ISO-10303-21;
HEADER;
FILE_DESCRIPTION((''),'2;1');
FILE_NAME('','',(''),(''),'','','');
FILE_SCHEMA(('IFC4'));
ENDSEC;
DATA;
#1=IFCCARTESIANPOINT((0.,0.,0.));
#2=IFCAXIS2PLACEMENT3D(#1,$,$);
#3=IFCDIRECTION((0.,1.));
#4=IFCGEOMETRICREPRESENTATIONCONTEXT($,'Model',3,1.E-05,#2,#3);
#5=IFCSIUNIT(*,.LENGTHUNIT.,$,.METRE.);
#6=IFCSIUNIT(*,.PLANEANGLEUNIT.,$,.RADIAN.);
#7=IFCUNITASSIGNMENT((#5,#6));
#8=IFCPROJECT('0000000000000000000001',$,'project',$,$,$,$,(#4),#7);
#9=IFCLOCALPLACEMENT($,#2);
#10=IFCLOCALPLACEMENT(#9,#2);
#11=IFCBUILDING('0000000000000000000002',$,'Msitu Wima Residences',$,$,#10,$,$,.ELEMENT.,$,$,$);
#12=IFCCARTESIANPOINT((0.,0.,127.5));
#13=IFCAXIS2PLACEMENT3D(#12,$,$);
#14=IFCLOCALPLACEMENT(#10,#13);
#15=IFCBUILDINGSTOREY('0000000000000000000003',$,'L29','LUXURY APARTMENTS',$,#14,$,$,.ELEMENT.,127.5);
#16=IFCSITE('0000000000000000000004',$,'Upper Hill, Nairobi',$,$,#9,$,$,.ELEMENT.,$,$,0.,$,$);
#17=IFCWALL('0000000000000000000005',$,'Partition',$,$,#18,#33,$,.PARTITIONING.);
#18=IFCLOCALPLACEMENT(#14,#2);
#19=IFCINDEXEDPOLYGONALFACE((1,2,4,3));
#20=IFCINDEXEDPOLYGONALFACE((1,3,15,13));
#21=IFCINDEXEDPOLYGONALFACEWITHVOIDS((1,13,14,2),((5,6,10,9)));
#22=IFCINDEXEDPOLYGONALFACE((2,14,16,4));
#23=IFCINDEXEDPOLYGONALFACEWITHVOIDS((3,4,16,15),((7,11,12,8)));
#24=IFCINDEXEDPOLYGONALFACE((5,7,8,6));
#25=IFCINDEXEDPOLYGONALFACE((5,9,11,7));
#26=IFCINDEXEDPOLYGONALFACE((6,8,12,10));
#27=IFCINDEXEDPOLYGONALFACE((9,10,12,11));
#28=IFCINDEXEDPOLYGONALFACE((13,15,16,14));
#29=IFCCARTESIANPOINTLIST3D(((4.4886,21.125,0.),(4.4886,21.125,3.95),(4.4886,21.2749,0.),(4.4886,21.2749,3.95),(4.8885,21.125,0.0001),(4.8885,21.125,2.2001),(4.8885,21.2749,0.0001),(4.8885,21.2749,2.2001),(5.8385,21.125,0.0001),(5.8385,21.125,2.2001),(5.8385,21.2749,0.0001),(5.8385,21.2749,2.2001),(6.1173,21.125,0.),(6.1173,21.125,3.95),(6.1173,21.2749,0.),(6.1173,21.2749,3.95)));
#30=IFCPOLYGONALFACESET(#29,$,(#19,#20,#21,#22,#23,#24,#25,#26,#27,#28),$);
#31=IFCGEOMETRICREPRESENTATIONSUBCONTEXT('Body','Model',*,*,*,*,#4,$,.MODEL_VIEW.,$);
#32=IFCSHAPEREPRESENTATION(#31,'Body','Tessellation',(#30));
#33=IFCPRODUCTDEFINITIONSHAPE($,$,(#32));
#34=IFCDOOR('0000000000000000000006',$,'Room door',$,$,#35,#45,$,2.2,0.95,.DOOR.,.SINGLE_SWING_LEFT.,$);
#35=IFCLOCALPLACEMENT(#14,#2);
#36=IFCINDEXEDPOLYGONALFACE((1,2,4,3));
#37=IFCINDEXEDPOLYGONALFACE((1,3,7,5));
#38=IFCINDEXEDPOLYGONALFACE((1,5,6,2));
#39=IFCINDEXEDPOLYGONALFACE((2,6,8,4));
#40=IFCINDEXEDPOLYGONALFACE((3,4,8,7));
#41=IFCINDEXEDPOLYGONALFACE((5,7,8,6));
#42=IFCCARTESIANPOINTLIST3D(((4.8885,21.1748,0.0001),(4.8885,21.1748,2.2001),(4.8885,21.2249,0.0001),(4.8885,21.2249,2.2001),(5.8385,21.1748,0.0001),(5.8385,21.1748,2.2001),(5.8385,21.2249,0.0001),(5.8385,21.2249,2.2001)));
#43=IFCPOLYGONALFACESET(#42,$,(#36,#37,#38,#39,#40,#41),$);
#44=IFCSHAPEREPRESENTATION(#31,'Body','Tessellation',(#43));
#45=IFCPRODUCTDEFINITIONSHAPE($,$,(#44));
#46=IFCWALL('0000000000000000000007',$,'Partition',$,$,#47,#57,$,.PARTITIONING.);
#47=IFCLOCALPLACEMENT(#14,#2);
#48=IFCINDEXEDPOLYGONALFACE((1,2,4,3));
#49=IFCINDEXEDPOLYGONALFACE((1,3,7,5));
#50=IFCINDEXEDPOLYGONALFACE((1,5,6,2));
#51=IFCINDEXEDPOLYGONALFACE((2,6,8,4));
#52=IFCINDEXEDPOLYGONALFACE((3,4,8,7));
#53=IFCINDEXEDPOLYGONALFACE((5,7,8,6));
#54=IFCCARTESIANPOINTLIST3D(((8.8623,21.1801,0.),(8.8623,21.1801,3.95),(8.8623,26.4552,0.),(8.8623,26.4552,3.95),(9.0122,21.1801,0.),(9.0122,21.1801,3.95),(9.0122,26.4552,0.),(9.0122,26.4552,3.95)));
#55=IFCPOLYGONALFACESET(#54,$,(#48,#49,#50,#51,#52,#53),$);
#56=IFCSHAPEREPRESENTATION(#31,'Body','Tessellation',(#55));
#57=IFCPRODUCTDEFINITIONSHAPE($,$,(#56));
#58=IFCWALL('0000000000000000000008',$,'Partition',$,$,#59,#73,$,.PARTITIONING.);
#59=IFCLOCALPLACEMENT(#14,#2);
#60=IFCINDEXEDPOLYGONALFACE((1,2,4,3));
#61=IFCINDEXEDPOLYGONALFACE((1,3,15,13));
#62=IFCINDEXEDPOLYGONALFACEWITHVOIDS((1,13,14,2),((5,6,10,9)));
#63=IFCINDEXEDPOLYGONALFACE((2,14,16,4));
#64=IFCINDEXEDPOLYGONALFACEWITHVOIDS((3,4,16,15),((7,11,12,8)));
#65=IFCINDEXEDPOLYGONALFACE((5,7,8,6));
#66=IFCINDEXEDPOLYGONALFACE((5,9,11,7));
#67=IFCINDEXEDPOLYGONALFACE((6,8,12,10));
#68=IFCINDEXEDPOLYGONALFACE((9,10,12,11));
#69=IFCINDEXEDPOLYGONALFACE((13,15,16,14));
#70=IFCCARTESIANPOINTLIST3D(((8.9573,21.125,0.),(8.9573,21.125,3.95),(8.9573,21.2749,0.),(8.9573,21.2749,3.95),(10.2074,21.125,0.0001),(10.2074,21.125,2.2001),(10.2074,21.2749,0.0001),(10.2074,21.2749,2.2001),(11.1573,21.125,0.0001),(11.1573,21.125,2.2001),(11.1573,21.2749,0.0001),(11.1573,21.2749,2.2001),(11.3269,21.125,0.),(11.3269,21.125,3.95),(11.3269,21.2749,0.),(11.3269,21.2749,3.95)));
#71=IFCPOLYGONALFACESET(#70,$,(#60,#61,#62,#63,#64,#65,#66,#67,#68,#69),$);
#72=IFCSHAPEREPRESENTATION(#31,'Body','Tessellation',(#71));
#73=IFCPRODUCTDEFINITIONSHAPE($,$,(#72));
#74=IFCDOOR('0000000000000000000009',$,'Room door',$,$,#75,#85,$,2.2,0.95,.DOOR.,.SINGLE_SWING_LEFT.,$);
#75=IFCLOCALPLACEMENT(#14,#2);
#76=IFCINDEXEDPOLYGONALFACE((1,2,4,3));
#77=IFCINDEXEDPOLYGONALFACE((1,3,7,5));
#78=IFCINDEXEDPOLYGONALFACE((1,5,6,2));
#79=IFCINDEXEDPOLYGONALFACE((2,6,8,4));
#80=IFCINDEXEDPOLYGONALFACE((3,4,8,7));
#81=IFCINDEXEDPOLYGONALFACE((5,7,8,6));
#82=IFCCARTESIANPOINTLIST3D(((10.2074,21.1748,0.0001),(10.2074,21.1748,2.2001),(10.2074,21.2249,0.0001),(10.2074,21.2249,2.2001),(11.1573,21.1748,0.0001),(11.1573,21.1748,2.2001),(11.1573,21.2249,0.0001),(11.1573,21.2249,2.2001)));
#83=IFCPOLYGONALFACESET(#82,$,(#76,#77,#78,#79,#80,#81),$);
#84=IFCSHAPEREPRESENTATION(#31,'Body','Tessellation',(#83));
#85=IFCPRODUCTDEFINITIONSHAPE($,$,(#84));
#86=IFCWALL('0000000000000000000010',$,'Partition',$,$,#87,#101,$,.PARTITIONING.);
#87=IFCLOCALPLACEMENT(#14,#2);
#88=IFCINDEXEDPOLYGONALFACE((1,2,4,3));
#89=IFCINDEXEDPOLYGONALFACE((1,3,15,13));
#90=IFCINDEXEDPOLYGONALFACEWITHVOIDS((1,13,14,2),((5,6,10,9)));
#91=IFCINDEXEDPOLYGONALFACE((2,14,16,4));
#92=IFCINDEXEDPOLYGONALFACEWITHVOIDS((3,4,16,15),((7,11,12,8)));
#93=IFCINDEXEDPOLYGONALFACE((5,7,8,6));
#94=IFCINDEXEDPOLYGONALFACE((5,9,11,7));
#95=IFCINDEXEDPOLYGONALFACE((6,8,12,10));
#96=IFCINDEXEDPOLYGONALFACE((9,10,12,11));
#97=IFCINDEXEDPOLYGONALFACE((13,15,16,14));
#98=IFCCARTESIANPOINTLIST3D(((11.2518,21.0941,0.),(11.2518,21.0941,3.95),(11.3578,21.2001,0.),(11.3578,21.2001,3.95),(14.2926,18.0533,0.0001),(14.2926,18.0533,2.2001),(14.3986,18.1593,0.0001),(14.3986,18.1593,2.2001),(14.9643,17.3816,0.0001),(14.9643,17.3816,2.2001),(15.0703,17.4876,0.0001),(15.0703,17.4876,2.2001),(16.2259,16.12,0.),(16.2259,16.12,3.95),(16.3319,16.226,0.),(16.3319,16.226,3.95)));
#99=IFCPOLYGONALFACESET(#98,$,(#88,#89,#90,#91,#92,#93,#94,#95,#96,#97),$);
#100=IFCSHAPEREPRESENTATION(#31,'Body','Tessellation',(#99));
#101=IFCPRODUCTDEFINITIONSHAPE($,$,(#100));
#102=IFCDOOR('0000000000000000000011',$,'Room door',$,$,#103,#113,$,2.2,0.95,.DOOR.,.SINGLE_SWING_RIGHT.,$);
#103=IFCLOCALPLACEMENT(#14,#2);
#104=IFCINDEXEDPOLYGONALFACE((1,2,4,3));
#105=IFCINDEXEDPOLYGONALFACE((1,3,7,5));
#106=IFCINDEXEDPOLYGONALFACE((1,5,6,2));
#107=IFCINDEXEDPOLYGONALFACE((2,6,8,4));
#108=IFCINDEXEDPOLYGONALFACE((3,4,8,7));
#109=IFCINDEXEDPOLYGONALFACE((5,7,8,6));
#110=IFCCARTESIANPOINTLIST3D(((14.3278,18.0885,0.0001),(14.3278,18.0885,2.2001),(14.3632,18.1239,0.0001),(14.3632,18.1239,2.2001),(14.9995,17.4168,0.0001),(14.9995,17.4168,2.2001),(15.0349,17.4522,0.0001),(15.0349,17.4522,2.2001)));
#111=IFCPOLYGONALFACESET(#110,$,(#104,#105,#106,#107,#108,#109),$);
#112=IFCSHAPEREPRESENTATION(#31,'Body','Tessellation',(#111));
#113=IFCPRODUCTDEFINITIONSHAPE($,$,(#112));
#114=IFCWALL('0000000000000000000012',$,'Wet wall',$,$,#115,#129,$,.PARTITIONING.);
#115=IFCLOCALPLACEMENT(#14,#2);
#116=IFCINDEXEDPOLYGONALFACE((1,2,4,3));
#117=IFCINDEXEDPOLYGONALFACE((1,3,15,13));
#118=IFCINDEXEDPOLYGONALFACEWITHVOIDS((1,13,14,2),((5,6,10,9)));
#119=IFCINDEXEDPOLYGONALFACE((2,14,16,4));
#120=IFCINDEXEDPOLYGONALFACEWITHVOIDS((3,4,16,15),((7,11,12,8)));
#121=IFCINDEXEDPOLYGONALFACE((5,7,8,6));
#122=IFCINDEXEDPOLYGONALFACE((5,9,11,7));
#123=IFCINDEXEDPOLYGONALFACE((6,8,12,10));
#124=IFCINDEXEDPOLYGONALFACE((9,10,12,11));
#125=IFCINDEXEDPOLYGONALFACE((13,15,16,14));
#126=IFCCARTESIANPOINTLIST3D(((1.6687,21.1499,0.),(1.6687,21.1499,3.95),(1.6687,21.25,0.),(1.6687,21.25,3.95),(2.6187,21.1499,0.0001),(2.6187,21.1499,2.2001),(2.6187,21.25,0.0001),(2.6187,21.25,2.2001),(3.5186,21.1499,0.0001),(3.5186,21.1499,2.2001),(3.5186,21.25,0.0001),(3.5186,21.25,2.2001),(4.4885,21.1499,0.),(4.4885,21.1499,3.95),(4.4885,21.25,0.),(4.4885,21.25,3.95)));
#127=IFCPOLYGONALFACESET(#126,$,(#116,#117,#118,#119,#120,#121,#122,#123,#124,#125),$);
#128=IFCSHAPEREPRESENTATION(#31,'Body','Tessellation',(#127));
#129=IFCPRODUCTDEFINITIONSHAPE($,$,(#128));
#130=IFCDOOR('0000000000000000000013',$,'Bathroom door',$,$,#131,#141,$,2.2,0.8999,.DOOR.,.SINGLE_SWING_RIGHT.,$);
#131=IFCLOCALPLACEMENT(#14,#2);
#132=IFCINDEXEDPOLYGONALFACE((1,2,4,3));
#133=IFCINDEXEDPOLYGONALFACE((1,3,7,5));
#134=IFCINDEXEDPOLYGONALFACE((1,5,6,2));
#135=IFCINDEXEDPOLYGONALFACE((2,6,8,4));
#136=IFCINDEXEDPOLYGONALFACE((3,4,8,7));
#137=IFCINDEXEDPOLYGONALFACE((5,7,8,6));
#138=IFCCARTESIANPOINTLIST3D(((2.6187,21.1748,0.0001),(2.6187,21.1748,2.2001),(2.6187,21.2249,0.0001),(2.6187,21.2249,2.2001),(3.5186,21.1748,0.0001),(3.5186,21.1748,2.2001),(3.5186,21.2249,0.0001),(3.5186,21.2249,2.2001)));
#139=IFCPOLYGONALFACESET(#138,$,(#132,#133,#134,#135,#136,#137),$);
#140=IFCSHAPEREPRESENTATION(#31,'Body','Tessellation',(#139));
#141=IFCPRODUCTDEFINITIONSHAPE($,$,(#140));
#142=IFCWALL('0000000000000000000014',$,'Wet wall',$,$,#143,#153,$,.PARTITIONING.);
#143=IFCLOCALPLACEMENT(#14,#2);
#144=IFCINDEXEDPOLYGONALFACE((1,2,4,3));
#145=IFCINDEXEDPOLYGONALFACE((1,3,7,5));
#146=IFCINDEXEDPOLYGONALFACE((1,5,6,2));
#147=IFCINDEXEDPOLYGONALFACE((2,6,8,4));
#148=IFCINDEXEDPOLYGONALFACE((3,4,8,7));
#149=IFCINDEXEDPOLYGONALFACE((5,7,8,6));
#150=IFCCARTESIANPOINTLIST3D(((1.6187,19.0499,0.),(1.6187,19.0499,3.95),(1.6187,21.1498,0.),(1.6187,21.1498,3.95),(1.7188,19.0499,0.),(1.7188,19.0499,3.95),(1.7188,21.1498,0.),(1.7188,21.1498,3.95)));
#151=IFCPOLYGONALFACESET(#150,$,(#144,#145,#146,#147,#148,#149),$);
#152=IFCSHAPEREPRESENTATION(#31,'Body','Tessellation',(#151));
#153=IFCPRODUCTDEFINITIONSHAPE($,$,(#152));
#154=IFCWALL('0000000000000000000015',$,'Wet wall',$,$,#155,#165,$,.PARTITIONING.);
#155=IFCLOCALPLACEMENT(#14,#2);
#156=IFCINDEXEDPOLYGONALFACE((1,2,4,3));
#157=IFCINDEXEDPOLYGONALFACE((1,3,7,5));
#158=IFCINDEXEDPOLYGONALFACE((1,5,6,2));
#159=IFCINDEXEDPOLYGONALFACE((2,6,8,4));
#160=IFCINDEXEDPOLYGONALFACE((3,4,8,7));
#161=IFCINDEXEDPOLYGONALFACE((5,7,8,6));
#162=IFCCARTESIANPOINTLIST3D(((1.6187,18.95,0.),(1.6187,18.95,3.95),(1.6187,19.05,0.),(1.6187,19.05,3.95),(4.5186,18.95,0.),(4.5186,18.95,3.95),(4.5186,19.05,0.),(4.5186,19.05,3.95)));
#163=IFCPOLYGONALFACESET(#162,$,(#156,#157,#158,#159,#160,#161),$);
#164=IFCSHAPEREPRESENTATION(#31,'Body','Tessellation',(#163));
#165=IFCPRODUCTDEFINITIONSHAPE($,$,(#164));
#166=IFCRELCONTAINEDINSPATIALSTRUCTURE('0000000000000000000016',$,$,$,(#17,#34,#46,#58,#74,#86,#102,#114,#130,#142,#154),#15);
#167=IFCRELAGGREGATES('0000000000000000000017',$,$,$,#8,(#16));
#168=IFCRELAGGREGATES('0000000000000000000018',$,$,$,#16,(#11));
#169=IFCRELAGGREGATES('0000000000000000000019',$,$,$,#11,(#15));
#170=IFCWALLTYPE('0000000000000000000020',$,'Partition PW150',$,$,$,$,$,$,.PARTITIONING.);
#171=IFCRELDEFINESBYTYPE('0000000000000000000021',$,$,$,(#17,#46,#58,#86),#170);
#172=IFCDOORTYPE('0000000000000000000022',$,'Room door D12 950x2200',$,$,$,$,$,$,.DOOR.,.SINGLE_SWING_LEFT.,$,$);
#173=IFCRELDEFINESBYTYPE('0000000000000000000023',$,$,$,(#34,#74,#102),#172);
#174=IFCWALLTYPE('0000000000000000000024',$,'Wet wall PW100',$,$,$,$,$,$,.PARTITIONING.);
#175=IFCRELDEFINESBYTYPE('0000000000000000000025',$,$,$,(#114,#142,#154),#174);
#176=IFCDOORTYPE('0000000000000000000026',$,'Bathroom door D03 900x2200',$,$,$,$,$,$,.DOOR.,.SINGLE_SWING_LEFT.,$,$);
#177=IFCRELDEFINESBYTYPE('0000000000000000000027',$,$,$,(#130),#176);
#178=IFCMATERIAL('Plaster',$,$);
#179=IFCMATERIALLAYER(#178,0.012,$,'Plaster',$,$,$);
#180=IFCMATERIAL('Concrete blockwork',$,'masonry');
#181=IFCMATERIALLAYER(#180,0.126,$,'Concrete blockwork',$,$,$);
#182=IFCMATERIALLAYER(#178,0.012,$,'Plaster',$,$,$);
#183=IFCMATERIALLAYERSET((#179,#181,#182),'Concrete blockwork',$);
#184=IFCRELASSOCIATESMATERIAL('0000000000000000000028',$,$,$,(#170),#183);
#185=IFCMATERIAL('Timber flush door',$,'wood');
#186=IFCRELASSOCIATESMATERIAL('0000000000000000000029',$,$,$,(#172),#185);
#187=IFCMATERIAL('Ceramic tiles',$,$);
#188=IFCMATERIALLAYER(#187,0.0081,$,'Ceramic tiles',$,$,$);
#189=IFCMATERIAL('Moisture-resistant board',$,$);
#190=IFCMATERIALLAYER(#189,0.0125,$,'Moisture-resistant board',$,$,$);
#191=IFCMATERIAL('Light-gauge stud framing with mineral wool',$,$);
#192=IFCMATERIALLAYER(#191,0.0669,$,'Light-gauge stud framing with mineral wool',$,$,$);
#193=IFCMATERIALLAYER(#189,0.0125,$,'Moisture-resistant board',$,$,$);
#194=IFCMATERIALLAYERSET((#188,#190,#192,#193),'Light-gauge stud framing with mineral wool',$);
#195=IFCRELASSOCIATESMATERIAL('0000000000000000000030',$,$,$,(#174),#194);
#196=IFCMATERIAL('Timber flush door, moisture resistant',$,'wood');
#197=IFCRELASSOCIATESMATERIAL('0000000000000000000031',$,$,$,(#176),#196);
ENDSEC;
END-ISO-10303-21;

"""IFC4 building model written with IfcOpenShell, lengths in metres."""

from ifc_helpers import new_model, si_unit, direction, frame, frame_2d, origin, place, context, subcontext, project, spatial, rectangle, extrude, material, layer, layer_set, type_object, element, fill, save


model = new_model("IFC4")

# Units and contexts
model_context = context("Model", 3, precision=1e-05, world=origin(), true_north=direction((0.0, 1.0)))
body_context = subcontext(model_context, "Body", "Model", "MODEL_VIEW")
ifc_project = project(units=[si_unit("LENGTHUNIT", "METRE"), si_unit("PLANEANGLEUNIT", "RADIAN")], contexts=[model_context])

# Site, building, storey
site_placement = place(None, origin())
site = spatial("IfcSite", under=ifc_project, at=site_placement, Name="Upper Hill, Nairobi", CompositionType="ELEMENT", RefElevation=0.0)
building_placement = place(site_placement, origin())
building = spatial("IfcBuilding", under=site, at=building_placement, Name="Msitu Wima Residences", CompositionType="ELEMENT")
storey_placement = place(building_placement, frame((0.0, 0.0, 127.5)))
storey = spatial("IfcBuildingStorey", under=building, at=storey_placement, Name="L29", Description="LUXURY APARTMENTS", CompositionType="ELEMENT", Elevation=127.5)

# Shared definitions
ifc_material_1 = material(Name="Plaster")
ifc_layer_1 = layer(ifc_material_1, 0.012, Name="Plaster")
ifc_material_2 = material(Name="Concrete blockwork", Category="masonry")
ifc_layer_2 = layer(ifc_material_2, 0.126, Name="Concrete blockwork")
ifc_layer_3 = layer(ifc_material_1, 0.012, Name="Plaster")
ifc_layer_set_1 = layer_set([ifc_layer_1, ifc_layer_2, ifc_layer_3], Name="Concrete blockwork")
wall_type_1 = type_object("IfcWallType", Name="Partition PW150", PredefinedType="PARTITIONING", material=ifc_layer_set_1)

# Wall, opening, door
wall_1_placement = place(storey_placement, frame((4.4885, 21.2, 0.0), z_axis=(0.0, 0.0, 1.0), x_axis=(1.0, 0.0, 0.0)))
wall_1 = element("IfcWall", 1, at=wall_1_placement, inside=storey, type_object=wall_type_1, Name="Partition", PredefinedType="PARTITIONING", context=body_context, shape_type="SweptSolid", body=[
    extrude(rectangle(XDim=1.6287, YDim=0.1499, at=frame_2d((0.8145, 0.0))), origin(), (0.0, 0.0, 1.0), 3.95),
])
opening_1_placement = place(wall_1_placement, frame((0.3999, 0.0, 0.0)))
opening_1 = element("IfcOpeningElement", 2, at=opening_1_placement, cuts=wall_1, PredefinedType="OPENING", context=body_context, shape_type="SweptSolid", body=[
    extrude(rectangle(XDim=0.95, YDim=2.2, at=frame_2d((0.4751, 1.1001))), frame((0.0, 0.085, 0.0), z_axis=(0.0, -1.0, 0.0), x_axis=(1.0, 0.0, 0.0)), (0.0, 0.0, 1.0), 0.1699),
])
ifc_material_3 = material(Name="Timber flush door", Category="wood")
door_type_1 = type_object("IfcDoorType", Name="Room door D12 950x2200", OperationType="SINGLE_SWING_LEFT", PredefinedType="DOOR", material=ifc_material_3)
door_1_placement = place(opening_1_placement, origin())
door_1 = element("IfcDoor", 3, at=door_1_placement, inside=storey, type_object=door_type_1, Name="Room door", OperationType="SINGLE_SWING_LEFT", OverallHeight=2.2, OverallWidth=0.95, PredefinedType="DOOR", context=body_context, shape_type="SweptSolid", body=[
    extrude(rectangle(XDim=0.95, YDim=2.2, at=frame_2d((0.4751, 1.1001))), frame((0.0, 0.0249, 0.0), z_axis=(0.0, -1.0, 0.0), x_axis=(1.0, 0.0, 0.0)), (0.0, 0.0, 1.0), 0.05),
])
fill(opening_1, door_1)

# Wall
wall_2_placement = place(storey_placement, frame((8.9373, 21.1799, 0.0), z_axis=(0.0, 0.0, 1.0), x_axis=(0.0, 1.0, 0.0)))
element("IfcWall", 4, at=wall_2_placement, inside=storey, type_object=wall_type_1, Name="Partition", PredefinedType="PARTITIONING", context=body_context, shape_type="SweptSolid", body=[
    extrude(rectangle(XDim=5.2751, YDim=0.1499, at=frame_2d((2.6377, 0.0))), origin(), (0.0, 0.0, 1.0), 3.95),
])

# Walls, openings, doors
wall_3_placement = place(storey_placement, frame((8.9573, 21.2, 0.0), z_axis=(0.0, 0.0, 1.0), x_axis=(1.0, 0.0, 0.0)))
wall_3 = element("IfcWall", 5, at=wall_3_placement, inside=storey, type_object=wall_type_1, Name="Partition", PredefinedType="PARTITIONING", context=body_context, shape_type="SweptSolid", body=[
    extrude(rectangle(XDim=2.3696, YDim=0.1499, at=frame_2d((1.1848, 0.0))), origin(), (0.0, 0.0, 1.0), 3.95),
])
opening_2_placement = place(wall_3_placement, frame((1.25, 0.0, 0.0)))
opening_2 = element("IfcOpeningElement", 6, at=opening_2_placement, cuts=wall_3, PredefinedType="OPENING", context=body_context, shape_type="SweptSolid", body=[
    extrude(rectangle(XDim=0.95, YDim=2.2, at=frame_2d((0.4751, 1.1001))), frame((0.0, 0.085, 0.0), z_axis=(0.0, -1.0, 0.0), x_axis=(1.0, 0.0, 0.0)), (0.0, 0.0, 1.0), 0.1699),
])
door_2_placement = place(opening_2_placement, origin())
door_2 = element("IfcDoor", 7, at=door_2_placement, inside=storey, type_object=door_type_1, Name="Room door", OperationType="SINGLE_SWING_LEFT", OverallHeight=2.2, OverallWidth=0.95, PredefinedType="DOOR", context=body_context, shape_type="SweptSolid", body=[
    extrude(rectangle(XDim=0.95, YDim=2.2, at=frame_2d((0.4751, 1.1001))), frame((0.0, 0.0249, 0.0), z_axis=(0.0, -1.0, 0.0), x_axis=(1.0, 0.0, 0.0)), (0.0, 0.0, 1.0), 0.05),
])
fill(opening_2, door_2)
wall_4_placement = place(storey_placement, frame((11.3049, 21.147, 0.0), z_axis=(0.0, 0.0, 1.0), x_axis=(0.707107, -0.707107, 0.0)))
wall_4 = element("IfcWall", 8, at=wall_4_placement, inside=storey, type_object=wall_type_1, Name="Partition", PredefinedType="PARTITIONING", context=body_context, shape_type="SweptSolid", body=[
    extrude(rectangle(XDim=7.0344, YDim=0.1499, at=frame_2d((3.5171, 0.0))), origin(), (0.0, 0.0, 1.0), 3.95),
])
opening_3_placement = place(wall_4_placement, frame((4.3, 0.0, 0.0)))
opening_3 = element("IfcOpeningElement", 9, at=opening_3_placement, cuts=wall_4, PredefinedType="OPENING", context=body_context, shape_type="SweptSolid", body=[
    extrude(rectangle(XDim=0.95, YDim=2.2, at=frame_2d((0.4751, 1.1001))), frame((0.0, 0.085, 0.0), z_axis=(0.0, -1.0, 0.0), x_axis=(1.0, 0.0, 0.0)), (0.0, 0.0, 1.0), 0.1699),
])
door_3_placement = place(opening_3_placement, origin())
door_3 = element("IfcDoor", 10, at=door_3_placement, inside=storey, type_object=door_type_1, Name="Room door", OperationType="SINGLE_SWING_RIGHT", OverallHeight=2.2, OverallWidth=0.95, PredefinedType="DOOR", context=body_context, shape_type="SweptSolid", body=[
    extrude(rectangle(XDim=0.95, YDim=2.2, at=frame_2d((0.4751, 1.1001))), frame((0.0, 0.0249, 0.0), z_axis=(0.0, -1.0, 0.0), x_axis=(1.0, 0.0, 0.0)), (0.0, 0.0, 1.0), 0.05),
])
fill(opening_3, door_3)
ifc_material_4 = material(Name="Ceramic tiles")
ifc_layer_4 = layer(ifc_material_4, 0.0081, Name="Ceramic tiles")
ifc_material_5 = material(Name="Moisture-resistant board")
ifc_layer_5 = layer(ifc_material_5, 0.0125, Name="Moisture-resistant board")
ifc_material_6 = material(Name="Light-gauge stud framing with mineral wool")
ifc_layer_6 = layer(ifc_material_6, 0.0669, Name="Light-gauge stud framing with mineral wool")
ifc_layer_7 = layer(ifc_material_5, 0.0125, Name="Moisture-resistant board")
ifc_layer_set_2 = layer_set([ifc_layer_4, ifc_layer_5, ifc_layer_6, ifc_layer_7], Name="Light-gauge stud framing with mineral wool")
wall_type_2 = type_object("IfcWallType", Name="Wet wall PW100", PredefinedType="PARTITIONING", material=ifc_layer_set_2)
wall_5_placement = place(storey_placement, frame((1.6687, 21.2, 0.0), z_axis=(0.0, 0.0, 1.0), x_axis=(1.0, 0.0, 0.0)))
wall_5 = element("IfcWall", 11, at=wall_5_placement, inside=storey, type_object=wall_type_2, Name="Wet wall", PredefinedType="PARTITIONING", context=body_context, shape_type="SweptSolid", body=[
    extrude(rectangle(XDim=2.8198, YDim=0.1001, at=frame_2d((1.4099, 0.0))), origin(), (0.0, 0.0, 1.0), 3.95),
])
opening_4_placement = place(wall_5_placement, frame((0.95, 0.0, 0.0)))
opening_4 = element("IfcOpeningElement", 12, at=opening_4_placement, cuts=wall_5, PredefinedType="OPENING", context=body_context, shape_type="SweptSolid", body=[
    extrude(rectangle(XDim=0.8999, YDim=2.2, at=frame_2d((0.45, 1.1001))), frame((0.0, 0.0601, 0.0), z_axis=(0.0, -1.0, 0.0), x_axis=(1.0, 0.0, 0.0)), (0.0, 0.0, 1.0), 0.1201),
])
ifc_material_7 = material(Name="Timber flush door, moisture resistant", Category="wood")
door_type_2 = type_object("IfcDoorType", Name="Bathroom door D03 900x2200", OperationType="SINGLE_SWING_LEFT", PredefinedType="DOOR", material=ifc_material_7)
door_4_placement = place(opening_4_placement, origin())
door_4 = element("IfcDoor", 13, at=door_4_placement, inside=storey, type_object=door_type_2, Name="Bathroom door", OperationType="SINGLE_SWING_RIGHT", OverallHeight=2.2, OverallWidth=0.8999, PredefinedType="DOOR", context=body_context, shape_type="SweptSolid", body=[
    extrude(rectangle(XDim=0.8999, YDim=2.2, at=frame_2d((0.45, 1.1001))), frame((0.0, 0.0249, 0.0), z_axis=(0.0, -1.0, 0.0), x_axis=(1.0, 0.0, 0.0)), (0.0, 0.0, 1.0), 0.05),
])
fill(opening_4, door_4)

# Walls
wall_6_placement = place(storey_placement, frame((1.6687, 19.05, 0.0), z_axis=(0.0, 0.0, 1.0), x_axis=(0.0, 1.0, 0.0)))
element("IfcWall", 14, at=wall_6_placement, inside=storey, type_object=wall_type_2, Name="Wet wall", PredefinedType="PARTITIONING", context=body_context, shape_type="SweptSolid", body=[
    extrude(rectangle(XDim=2.0999, YDim=0.1001, at=frame_2d((1.0498, 0.0))), origin(), (0.0, 0.0, 1.0), 3.95),
])
wall_7_placement = place(storey_placement, frame((1.6187, 19.0, 0.0), z_axis=(0.0, 0.0, 1.0), x_axis=(1.0, 0.0, 0.0)))
element("IfcWall", 15, at=wall_7_placement, inside=storey, type_object=wall_type_2, Name="Wet wall", PredefinedType="PARTITIONING", context=body_context, shape_type="SweptSolid", body=[
    extrude(rectangle(XDim=2.8999, YDim=0.1001, at=frame_2d((1.45, 0.0))), origin(), (0.0, 0.0, 1.0), 3.95),
])

save(model, "model.ifc")
